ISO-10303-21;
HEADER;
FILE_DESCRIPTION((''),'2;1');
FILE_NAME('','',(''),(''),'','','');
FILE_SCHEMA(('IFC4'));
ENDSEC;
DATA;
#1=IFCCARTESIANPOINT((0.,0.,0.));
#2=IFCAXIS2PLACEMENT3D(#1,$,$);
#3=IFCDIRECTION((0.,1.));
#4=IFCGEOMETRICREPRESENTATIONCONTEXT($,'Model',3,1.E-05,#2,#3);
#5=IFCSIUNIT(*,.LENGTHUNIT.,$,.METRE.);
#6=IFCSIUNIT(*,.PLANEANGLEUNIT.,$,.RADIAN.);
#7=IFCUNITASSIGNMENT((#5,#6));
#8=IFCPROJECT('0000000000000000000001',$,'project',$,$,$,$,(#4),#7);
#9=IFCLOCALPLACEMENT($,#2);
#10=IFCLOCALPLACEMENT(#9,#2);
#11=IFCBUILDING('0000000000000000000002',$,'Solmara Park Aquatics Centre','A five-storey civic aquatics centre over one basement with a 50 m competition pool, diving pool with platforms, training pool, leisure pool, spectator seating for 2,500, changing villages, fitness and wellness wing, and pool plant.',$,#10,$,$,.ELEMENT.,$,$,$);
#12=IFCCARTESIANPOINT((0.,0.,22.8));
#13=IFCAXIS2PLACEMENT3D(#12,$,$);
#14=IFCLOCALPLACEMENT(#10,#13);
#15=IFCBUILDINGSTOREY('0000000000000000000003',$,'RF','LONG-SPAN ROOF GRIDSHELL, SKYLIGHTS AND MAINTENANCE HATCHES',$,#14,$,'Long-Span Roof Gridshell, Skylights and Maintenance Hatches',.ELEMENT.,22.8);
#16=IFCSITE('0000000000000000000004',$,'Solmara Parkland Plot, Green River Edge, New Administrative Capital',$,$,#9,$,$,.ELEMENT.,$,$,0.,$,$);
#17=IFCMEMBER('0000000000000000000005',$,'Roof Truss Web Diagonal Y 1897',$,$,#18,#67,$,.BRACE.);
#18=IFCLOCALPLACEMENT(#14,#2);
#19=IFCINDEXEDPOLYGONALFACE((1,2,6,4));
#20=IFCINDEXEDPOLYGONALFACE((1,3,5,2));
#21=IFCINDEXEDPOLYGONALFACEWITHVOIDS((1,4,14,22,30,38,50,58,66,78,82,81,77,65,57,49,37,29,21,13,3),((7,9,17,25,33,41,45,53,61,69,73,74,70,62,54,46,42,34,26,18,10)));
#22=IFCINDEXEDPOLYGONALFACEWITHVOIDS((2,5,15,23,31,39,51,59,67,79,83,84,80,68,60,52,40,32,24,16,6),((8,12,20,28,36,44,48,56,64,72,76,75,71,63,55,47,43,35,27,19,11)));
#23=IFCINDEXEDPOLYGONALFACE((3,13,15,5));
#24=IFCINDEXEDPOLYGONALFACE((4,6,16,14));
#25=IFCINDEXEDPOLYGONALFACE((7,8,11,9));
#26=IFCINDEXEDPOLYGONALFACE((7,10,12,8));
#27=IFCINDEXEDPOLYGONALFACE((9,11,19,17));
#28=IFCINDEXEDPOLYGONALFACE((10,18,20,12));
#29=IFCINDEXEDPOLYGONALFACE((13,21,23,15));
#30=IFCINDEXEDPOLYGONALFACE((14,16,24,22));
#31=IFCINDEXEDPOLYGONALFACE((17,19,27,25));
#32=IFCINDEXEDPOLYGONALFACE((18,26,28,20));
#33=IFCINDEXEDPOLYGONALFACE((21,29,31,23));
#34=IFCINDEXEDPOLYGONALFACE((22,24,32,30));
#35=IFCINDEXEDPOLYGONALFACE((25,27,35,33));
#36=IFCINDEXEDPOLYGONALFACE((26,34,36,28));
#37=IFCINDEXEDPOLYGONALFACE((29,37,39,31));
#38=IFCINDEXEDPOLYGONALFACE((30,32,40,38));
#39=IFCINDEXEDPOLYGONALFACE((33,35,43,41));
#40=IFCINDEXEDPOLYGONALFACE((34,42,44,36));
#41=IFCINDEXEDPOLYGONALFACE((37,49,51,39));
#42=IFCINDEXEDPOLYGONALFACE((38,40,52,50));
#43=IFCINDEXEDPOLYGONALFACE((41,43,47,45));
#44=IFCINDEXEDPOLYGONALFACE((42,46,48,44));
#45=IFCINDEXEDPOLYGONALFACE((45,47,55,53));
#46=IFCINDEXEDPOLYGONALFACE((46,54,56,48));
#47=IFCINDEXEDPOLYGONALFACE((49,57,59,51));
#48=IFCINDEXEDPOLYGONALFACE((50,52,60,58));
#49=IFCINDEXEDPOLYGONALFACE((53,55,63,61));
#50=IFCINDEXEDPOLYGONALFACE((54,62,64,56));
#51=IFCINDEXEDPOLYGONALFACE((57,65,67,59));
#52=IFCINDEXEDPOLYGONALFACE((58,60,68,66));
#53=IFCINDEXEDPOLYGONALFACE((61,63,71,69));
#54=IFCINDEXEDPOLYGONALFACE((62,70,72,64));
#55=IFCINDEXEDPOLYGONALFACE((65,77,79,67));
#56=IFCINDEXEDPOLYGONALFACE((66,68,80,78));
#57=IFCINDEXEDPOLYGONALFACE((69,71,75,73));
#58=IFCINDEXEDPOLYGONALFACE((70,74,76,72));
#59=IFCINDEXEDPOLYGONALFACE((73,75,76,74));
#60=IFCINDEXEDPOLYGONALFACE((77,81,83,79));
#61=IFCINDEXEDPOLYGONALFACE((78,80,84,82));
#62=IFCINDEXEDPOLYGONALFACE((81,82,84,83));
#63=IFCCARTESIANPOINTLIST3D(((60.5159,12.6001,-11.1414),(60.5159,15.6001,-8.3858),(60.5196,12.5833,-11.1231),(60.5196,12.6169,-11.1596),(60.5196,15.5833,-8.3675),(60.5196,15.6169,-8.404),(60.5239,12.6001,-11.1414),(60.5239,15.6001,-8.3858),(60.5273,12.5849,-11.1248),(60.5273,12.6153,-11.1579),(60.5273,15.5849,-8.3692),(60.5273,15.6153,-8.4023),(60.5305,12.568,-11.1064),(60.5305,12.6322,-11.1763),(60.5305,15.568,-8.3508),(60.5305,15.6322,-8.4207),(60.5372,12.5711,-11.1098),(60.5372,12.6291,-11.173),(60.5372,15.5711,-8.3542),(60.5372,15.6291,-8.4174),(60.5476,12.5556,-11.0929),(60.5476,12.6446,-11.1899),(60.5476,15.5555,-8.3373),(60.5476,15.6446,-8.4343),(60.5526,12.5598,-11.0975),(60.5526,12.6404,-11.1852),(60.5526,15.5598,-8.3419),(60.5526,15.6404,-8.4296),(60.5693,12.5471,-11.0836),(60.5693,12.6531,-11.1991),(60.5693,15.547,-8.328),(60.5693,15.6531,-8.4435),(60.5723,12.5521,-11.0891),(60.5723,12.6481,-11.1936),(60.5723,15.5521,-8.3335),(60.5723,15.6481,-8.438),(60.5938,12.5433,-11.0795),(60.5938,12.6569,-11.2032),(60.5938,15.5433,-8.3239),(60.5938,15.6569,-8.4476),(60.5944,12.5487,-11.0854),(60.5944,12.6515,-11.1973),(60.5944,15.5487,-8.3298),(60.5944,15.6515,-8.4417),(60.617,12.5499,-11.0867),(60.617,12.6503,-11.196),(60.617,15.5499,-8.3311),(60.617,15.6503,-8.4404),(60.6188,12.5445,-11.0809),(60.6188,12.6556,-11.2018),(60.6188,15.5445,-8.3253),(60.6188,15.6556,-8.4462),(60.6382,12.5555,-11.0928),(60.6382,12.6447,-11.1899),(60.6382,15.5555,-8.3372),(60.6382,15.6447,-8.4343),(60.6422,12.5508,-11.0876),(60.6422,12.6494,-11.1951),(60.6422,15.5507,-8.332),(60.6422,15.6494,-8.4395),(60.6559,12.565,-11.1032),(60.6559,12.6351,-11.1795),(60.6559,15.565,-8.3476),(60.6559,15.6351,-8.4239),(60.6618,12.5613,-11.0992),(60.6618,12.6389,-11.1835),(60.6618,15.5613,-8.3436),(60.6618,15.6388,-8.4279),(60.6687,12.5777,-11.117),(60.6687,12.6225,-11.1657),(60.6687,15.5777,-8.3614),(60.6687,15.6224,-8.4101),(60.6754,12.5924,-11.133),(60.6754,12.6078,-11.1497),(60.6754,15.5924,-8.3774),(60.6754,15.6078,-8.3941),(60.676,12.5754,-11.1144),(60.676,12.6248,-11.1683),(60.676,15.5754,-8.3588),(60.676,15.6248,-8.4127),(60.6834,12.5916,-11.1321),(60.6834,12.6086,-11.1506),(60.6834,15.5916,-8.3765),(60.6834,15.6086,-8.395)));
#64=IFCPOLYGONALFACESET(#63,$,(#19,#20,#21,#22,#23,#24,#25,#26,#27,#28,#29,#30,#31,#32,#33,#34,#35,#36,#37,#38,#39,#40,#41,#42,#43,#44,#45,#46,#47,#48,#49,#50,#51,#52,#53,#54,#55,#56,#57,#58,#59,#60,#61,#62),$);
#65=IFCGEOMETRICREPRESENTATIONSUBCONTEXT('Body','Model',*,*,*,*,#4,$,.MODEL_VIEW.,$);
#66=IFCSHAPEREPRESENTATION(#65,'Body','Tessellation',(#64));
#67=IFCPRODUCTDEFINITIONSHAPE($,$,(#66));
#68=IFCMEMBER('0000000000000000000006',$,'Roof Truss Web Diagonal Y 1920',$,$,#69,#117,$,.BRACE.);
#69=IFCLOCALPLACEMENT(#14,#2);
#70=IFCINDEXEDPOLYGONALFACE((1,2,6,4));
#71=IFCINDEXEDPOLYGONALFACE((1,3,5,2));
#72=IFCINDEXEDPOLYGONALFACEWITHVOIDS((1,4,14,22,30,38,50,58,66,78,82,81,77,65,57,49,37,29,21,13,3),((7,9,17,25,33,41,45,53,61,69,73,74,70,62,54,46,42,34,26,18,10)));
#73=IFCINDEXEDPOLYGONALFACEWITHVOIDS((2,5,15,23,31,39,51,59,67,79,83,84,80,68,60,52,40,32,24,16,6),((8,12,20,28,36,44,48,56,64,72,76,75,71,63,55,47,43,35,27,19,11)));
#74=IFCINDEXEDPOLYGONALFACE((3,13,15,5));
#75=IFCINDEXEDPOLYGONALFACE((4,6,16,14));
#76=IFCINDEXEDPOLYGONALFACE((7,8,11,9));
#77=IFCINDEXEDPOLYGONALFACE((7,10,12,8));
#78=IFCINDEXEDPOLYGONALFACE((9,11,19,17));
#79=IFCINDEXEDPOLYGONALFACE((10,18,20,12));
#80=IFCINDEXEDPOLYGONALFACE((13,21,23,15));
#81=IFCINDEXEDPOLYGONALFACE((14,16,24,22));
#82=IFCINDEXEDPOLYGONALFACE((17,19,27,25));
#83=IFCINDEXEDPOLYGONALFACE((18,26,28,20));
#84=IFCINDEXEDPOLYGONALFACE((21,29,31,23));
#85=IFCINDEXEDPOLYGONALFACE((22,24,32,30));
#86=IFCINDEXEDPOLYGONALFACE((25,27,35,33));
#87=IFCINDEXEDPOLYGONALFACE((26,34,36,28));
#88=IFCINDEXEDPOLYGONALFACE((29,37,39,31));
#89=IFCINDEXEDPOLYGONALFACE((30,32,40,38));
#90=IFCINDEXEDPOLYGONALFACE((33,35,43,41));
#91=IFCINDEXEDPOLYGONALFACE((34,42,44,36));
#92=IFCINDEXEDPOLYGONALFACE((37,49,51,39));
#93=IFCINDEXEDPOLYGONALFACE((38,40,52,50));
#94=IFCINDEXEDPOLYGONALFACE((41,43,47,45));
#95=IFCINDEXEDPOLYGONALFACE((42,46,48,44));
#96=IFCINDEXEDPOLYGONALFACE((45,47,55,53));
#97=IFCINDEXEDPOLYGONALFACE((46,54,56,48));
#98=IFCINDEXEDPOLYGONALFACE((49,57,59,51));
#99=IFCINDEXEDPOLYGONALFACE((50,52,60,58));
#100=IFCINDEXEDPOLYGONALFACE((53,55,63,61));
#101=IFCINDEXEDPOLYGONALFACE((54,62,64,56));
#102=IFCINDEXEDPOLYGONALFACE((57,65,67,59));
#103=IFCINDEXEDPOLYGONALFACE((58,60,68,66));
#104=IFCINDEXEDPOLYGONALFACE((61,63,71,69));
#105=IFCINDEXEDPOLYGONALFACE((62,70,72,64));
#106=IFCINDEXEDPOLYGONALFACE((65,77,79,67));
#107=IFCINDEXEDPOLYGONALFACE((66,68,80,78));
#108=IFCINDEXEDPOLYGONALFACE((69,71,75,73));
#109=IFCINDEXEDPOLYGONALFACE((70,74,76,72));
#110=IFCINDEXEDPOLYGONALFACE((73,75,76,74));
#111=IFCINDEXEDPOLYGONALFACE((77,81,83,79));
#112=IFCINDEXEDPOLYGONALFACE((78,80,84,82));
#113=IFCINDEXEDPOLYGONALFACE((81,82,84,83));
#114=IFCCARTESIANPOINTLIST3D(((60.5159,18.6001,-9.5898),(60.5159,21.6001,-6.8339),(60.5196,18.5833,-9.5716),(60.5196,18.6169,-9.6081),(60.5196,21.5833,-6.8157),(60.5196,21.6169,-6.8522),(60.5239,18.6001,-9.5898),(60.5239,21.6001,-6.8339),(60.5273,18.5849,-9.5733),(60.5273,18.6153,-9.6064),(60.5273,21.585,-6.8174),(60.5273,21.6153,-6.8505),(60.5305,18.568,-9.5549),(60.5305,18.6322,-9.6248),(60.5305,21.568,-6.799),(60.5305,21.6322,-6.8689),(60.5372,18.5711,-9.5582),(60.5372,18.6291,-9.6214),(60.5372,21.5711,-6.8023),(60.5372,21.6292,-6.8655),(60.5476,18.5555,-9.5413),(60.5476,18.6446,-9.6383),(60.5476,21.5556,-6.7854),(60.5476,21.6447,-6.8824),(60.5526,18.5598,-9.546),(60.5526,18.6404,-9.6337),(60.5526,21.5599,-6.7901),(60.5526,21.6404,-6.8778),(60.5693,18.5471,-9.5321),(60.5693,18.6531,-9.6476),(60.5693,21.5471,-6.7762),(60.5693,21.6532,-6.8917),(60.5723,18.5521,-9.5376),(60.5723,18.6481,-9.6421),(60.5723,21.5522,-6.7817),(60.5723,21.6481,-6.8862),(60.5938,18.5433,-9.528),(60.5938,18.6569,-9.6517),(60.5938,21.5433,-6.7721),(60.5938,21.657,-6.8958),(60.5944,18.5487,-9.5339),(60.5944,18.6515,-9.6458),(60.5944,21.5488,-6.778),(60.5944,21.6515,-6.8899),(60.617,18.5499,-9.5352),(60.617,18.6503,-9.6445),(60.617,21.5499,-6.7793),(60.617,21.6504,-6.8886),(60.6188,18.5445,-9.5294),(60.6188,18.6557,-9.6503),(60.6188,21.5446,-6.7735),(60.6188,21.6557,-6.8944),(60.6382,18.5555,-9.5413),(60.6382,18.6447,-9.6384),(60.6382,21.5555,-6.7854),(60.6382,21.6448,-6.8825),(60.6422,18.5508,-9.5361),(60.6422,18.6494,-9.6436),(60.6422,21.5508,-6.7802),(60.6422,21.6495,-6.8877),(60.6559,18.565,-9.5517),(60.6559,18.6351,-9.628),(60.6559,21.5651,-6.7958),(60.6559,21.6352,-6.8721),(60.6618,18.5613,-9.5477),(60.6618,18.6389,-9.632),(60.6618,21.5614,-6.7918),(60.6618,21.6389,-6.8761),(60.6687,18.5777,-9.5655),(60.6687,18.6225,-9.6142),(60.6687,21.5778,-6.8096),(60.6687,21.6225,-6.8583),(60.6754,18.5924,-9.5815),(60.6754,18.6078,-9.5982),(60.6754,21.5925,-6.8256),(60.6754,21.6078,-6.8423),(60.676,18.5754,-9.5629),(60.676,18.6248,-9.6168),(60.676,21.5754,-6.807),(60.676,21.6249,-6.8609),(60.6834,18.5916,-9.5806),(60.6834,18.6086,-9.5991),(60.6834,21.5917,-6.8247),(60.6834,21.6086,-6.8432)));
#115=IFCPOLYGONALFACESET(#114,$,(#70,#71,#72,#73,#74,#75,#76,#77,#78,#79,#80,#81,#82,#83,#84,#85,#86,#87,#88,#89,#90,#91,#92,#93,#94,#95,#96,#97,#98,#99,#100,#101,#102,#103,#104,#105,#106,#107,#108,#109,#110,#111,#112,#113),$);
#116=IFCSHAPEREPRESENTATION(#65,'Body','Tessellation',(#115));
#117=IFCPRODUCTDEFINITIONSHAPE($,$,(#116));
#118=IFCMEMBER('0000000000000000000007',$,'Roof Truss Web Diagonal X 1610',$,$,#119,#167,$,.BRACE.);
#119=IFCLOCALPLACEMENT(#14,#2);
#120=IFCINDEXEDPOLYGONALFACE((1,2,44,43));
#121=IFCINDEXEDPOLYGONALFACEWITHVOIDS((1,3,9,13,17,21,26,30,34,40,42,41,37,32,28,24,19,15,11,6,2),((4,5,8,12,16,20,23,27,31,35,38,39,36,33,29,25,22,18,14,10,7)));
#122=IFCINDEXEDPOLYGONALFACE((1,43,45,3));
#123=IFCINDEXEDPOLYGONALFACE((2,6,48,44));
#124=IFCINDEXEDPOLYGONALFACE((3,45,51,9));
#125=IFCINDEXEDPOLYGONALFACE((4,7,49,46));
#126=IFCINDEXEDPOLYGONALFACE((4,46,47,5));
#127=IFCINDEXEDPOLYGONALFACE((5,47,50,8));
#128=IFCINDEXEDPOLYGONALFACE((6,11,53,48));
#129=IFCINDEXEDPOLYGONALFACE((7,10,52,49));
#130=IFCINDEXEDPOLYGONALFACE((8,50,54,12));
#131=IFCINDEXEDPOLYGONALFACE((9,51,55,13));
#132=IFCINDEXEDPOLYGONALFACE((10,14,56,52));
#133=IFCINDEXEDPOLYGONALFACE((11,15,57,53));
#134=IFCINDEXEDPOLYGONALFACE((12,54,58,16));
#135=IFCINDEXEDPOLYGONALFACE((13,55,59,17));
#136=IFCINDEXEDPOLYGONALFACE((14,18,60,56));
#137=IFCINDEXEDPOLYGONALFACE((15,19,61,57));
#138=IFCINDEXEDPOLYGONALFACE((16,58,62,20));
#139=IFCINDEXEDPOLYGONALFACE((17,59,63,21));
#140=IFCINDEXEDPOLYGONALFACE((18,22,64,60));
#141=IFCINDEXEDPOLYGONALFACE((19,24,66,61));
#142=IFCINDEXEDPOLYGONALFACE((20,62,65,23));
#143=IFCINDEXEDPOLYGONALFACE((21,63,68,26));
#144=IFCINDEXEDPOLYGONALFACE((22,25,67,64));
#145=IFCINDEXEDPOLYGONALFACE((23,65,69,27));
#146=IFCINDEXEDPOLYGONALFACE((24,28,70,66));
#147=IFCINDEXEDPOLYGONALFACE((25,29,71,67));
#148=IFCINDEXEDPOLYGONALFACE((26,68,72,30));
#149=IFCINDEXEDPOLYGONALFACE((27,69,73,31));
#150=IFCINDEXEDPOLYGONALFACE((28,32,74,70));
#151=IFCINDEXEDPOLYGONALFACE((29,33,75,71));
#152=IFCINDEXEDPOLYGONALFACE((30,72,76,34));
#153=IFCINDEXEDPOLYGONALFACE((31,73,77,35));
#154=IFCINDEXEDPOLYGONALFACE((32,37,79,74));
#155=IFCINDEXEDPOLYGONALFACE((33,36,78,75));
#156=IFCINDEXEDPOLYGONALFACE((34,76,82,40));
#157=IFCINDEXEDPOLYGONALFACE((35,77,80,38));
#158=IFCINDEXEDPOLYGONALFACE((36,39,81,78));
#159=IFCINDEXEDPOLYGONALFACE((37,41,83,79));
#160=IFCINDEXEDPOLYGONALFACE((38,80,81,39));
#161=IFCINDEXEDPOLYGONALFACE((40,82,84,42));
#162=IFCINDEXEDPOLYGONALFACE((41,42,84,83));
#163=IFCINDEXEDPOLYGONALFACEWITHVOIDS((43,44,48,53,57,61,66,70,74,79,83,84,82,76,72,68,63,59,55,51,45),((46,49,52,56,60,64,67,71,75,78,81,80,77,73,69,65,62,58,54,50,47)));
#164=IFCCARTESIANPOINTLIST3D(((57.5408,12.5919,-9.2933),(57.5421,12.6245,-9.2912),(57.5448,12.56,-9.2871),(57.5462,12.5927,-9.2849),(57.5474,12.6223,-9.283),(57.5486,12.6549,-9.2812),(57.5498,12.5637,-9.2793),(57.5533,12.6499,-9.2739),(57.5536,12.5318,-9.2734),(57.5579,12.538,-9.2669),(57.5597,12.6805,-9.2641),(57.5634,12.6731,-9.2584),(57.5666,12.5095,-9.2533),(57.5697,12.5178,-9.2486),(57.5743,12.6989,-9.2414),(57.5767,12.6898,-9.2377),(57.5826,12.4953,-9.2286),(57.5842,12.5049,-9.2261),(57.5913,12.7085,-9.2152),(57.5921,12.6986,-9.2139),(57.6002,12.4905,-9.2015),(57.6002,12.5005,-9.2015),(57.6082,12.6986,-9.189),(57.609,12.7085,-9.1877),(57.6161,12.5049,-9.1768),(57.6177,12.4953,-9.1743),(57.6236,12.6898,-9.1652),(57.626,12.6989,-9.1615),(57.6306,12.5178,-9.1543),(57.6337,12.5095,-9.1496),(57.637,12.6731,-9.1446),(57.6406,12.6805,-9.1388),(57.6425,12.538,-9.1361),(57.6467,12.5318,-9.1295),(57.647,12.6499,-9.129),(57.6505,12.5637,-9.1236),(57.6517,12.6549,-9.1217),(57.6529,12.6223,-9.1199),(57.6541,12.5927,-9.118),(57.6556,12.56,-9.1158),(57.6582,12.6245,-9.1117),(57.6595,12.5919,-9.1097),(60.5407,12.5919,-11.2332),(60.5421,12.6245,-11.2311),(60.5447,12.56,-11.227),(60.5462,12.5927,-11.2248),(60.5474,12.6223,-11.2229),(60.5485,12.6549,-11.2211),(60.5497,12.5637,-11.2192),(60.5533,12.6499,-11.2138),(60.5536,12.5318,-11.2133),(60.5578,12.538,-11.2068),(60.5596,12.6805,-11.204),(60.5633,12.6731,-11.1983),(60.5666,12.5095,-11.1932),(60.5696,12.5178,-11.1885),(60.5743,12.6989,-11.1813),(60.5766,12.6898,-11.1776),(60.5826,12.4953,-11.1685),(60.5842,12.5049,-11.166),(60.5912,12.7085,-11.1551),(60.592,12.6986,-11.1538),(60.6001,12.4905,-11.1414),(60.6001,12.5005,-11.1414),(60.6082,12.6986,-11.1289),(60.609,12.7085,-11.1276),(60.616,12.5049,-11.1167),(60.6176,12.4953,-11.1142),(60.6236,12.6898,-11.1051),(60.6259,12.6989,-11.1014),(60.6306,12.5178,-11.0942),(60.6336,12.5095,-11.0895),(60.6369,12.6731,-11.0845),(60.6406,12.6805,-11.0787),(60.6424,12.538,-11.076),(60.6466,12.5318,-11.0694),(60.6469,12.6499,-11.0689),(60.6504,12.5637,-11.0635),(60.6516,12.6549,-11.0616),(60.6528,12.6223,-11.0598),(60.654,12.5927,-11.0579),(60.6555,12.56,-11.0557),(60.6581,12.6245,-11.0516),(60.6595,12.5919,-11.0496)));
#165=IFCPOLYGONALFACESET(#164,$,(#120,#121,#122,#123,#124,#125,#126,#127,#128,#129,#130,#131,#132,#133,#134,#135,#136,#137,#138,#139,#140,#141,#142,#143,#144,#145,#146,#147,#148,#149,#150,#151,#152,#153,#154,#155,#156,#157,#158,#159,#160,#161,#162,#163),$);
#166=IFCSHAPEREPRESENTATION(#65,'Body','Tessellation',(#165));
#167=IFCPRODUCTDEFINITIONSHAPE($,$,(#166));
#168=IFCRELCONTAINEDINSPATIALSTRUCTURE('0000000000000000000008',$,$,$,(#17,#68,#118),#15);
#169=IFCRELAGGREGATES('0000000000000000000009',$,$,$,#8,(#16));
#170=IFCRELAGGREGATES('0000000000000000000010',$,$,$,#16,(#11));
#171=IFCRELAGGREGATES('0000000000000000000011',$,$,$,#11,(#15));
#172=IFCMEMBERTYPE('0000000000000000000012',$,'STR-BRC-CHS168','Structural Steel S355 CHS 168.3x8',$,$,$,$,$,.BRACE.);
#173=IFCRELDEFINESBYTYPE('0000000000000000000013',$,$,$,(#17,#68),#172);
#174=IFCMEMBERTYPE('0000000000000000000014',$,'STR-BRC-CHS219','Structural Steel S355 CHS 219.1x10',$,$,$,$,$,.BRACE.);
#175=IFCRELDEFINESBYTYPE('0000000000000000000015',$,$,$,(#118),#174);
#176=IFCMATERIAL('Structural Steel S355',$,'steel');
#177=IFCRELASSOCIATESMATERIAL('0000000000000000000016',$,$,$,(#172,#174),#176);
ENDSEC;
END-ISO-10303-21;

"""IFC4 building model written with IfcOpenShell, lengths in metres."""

from ifc_helpers import new_model, si_unit, direction, frame, origin, origin_2d, place, context, subcontext, project, spatial, hollow_circle, extrude, material, material_profile, profile_set, type_object, element, save


model = new_model("IFC4")

# Units and contexts
model_context = context("Model", 3, precision=1e-05, world=origin(), true_north=direction((0.0, 1.0)))
body_context = subcontext(model_context, "Body", "Model", "MODEL_VIEW")
ifc_project = project(units=[si_unit("LENGTHUNIT", "METRE"), si_unit("PLANEANGLEUNIT", "RADIAN")], contexts=[model_context])

# Site, building, storey
site_placement = place(None, origin())
site = spatial("IfcSite", under=ifc_project, at=site_placement, Name="Solmara Parkland Plot, Green River Edge, New Administrative Capital", CompositionType="ELEMENT", RefElevation=0.0)
building_placement = place(site_placement, origin())
building = spatial("IfcBuilding", under=site, at=building_placement, Name="Solmara Park Aquatics Centre", Description="A five-storey civic aquatics centre over one basement with a 50 m competition pool, diving pool with platforms, training pool, leisure pool, spectator seating for 2,500, changing villages, fitness and wellness wing, and pool plant.", CompositionType="ELEMENT")
storey_placement = place(building_placement, frame((0.0, 0.0, 22.8)))
storey = spatial("IfcBuildingStorey", under=building, at=storey_placement, Name="RF", Description="LONG-SPAN ROOF GRIDSHELL, SKYLIGHTS AND MAINTENANCE HATCHES", LongName="Long-Span Roof Gridshell, Skylights and Maintenance Hatches", CompositionType="ELEMENT", Elevation=22.8)

# Members
ifc_material_1 = material(Name="Structural Steel S355", Category="steel")
ifc_material_profile_1 = material_profile(ifc_material_1, hollow_circle(Radius=0.0842, WallThickness=0.0081, at=origin_2d()), Name="CHS 168.3x8")
ifc_profile_set_1 = profile_set([ifc_material_profile_1], Name="Structural Steel S355")
member_type_1 = type_object("IfcMemberType", Name="STR-BRC-CHS168", Description="Structural Steel S355 CHS 168.3x8", PredefinedType="BRACE", material=ifc_profile_set_1)
member_1_placement = place(storey_placement, frame((60.6001, 12.6001, -11.1414), z_axis=(0.0, 0.736467, 0.676473), x_axis=(-1.0, 0.0, 0.0)))
element("IfcMember", 1, at=member_1_placement, inside=storey, type_object=member_type_1, Name="Roof Truss Web Diagonal Y 1897", PredefinedType="BRACE", context=body_context, shape_type="SweptSolid", body=[
    extrude(hollow_circle(Radius=0.0842, WallThickness=0.0081, at=origin_2d()), origin(), (0.0, 0.0, 1.0), 4.0735),
])
member_2_placement = place(storey_placement, frame((60.6001, 18.6001, -9.5898), z_axis=(0.0, 0.736437, 0.676506), x_axis=(-1.0, 0.0, 0.0)))
element("IfcMember", 2, at=member_2_placement, inside=storey, type_object=member_type_1, Name="Roof Truss Web Diagonal Y 1920", PredefinedType="BRACE", context=body_context, shape_type="SweptSolid", body=[
    extrude(hollow_circle(Radius=0.0842, WallThickness=0.0081, at=origin_2d()), origin(), (0.0, 0.0, 1.0), 4.0737),
])
ifc_material_profile_2 = material_profile(ifc_material_1, hollow_circle(Radius=0.1096, WallThickness=0.01, at=origin_2d()), Name="CHS 219.1x10")
ifc_profile_set_2 = profile_set([ifc_material_profile_2], Name="Structural Steel S355")
member_type_2 = type_object("IfcMemberType", Name="STR-BRC-CHS219", Description="Structural Steel S355 CHS 219.1x10", PredefinedType="BRACE", material=ifc_profile_set_2)
for number, where, z_axis, x_axis, name in (
    (3, (60.6001, 12.6001, -11.1414), (-0.839728, 0.0, 0.543008), (0.0, -1.0, 0.0), "Roof Truss Web Diagonal X 1610"),
):
    element("IfcMember", number, at=place(storey_placement, frame(where, z_axis=z_axis, x_axis=x_axis)), inside=storey, type_object=member_type_2, Name=name, PredefinedType="BRACE", context=body_context, shape_type="SweptSolid", body=[
        extrude(hollow_circle(Radius=0.1096, WallThickness=0.01, at=origin_2d()), origin(), (0.0, 0.0, 1.0), 3.5725),
    ])

save(model, "model.ifc")
